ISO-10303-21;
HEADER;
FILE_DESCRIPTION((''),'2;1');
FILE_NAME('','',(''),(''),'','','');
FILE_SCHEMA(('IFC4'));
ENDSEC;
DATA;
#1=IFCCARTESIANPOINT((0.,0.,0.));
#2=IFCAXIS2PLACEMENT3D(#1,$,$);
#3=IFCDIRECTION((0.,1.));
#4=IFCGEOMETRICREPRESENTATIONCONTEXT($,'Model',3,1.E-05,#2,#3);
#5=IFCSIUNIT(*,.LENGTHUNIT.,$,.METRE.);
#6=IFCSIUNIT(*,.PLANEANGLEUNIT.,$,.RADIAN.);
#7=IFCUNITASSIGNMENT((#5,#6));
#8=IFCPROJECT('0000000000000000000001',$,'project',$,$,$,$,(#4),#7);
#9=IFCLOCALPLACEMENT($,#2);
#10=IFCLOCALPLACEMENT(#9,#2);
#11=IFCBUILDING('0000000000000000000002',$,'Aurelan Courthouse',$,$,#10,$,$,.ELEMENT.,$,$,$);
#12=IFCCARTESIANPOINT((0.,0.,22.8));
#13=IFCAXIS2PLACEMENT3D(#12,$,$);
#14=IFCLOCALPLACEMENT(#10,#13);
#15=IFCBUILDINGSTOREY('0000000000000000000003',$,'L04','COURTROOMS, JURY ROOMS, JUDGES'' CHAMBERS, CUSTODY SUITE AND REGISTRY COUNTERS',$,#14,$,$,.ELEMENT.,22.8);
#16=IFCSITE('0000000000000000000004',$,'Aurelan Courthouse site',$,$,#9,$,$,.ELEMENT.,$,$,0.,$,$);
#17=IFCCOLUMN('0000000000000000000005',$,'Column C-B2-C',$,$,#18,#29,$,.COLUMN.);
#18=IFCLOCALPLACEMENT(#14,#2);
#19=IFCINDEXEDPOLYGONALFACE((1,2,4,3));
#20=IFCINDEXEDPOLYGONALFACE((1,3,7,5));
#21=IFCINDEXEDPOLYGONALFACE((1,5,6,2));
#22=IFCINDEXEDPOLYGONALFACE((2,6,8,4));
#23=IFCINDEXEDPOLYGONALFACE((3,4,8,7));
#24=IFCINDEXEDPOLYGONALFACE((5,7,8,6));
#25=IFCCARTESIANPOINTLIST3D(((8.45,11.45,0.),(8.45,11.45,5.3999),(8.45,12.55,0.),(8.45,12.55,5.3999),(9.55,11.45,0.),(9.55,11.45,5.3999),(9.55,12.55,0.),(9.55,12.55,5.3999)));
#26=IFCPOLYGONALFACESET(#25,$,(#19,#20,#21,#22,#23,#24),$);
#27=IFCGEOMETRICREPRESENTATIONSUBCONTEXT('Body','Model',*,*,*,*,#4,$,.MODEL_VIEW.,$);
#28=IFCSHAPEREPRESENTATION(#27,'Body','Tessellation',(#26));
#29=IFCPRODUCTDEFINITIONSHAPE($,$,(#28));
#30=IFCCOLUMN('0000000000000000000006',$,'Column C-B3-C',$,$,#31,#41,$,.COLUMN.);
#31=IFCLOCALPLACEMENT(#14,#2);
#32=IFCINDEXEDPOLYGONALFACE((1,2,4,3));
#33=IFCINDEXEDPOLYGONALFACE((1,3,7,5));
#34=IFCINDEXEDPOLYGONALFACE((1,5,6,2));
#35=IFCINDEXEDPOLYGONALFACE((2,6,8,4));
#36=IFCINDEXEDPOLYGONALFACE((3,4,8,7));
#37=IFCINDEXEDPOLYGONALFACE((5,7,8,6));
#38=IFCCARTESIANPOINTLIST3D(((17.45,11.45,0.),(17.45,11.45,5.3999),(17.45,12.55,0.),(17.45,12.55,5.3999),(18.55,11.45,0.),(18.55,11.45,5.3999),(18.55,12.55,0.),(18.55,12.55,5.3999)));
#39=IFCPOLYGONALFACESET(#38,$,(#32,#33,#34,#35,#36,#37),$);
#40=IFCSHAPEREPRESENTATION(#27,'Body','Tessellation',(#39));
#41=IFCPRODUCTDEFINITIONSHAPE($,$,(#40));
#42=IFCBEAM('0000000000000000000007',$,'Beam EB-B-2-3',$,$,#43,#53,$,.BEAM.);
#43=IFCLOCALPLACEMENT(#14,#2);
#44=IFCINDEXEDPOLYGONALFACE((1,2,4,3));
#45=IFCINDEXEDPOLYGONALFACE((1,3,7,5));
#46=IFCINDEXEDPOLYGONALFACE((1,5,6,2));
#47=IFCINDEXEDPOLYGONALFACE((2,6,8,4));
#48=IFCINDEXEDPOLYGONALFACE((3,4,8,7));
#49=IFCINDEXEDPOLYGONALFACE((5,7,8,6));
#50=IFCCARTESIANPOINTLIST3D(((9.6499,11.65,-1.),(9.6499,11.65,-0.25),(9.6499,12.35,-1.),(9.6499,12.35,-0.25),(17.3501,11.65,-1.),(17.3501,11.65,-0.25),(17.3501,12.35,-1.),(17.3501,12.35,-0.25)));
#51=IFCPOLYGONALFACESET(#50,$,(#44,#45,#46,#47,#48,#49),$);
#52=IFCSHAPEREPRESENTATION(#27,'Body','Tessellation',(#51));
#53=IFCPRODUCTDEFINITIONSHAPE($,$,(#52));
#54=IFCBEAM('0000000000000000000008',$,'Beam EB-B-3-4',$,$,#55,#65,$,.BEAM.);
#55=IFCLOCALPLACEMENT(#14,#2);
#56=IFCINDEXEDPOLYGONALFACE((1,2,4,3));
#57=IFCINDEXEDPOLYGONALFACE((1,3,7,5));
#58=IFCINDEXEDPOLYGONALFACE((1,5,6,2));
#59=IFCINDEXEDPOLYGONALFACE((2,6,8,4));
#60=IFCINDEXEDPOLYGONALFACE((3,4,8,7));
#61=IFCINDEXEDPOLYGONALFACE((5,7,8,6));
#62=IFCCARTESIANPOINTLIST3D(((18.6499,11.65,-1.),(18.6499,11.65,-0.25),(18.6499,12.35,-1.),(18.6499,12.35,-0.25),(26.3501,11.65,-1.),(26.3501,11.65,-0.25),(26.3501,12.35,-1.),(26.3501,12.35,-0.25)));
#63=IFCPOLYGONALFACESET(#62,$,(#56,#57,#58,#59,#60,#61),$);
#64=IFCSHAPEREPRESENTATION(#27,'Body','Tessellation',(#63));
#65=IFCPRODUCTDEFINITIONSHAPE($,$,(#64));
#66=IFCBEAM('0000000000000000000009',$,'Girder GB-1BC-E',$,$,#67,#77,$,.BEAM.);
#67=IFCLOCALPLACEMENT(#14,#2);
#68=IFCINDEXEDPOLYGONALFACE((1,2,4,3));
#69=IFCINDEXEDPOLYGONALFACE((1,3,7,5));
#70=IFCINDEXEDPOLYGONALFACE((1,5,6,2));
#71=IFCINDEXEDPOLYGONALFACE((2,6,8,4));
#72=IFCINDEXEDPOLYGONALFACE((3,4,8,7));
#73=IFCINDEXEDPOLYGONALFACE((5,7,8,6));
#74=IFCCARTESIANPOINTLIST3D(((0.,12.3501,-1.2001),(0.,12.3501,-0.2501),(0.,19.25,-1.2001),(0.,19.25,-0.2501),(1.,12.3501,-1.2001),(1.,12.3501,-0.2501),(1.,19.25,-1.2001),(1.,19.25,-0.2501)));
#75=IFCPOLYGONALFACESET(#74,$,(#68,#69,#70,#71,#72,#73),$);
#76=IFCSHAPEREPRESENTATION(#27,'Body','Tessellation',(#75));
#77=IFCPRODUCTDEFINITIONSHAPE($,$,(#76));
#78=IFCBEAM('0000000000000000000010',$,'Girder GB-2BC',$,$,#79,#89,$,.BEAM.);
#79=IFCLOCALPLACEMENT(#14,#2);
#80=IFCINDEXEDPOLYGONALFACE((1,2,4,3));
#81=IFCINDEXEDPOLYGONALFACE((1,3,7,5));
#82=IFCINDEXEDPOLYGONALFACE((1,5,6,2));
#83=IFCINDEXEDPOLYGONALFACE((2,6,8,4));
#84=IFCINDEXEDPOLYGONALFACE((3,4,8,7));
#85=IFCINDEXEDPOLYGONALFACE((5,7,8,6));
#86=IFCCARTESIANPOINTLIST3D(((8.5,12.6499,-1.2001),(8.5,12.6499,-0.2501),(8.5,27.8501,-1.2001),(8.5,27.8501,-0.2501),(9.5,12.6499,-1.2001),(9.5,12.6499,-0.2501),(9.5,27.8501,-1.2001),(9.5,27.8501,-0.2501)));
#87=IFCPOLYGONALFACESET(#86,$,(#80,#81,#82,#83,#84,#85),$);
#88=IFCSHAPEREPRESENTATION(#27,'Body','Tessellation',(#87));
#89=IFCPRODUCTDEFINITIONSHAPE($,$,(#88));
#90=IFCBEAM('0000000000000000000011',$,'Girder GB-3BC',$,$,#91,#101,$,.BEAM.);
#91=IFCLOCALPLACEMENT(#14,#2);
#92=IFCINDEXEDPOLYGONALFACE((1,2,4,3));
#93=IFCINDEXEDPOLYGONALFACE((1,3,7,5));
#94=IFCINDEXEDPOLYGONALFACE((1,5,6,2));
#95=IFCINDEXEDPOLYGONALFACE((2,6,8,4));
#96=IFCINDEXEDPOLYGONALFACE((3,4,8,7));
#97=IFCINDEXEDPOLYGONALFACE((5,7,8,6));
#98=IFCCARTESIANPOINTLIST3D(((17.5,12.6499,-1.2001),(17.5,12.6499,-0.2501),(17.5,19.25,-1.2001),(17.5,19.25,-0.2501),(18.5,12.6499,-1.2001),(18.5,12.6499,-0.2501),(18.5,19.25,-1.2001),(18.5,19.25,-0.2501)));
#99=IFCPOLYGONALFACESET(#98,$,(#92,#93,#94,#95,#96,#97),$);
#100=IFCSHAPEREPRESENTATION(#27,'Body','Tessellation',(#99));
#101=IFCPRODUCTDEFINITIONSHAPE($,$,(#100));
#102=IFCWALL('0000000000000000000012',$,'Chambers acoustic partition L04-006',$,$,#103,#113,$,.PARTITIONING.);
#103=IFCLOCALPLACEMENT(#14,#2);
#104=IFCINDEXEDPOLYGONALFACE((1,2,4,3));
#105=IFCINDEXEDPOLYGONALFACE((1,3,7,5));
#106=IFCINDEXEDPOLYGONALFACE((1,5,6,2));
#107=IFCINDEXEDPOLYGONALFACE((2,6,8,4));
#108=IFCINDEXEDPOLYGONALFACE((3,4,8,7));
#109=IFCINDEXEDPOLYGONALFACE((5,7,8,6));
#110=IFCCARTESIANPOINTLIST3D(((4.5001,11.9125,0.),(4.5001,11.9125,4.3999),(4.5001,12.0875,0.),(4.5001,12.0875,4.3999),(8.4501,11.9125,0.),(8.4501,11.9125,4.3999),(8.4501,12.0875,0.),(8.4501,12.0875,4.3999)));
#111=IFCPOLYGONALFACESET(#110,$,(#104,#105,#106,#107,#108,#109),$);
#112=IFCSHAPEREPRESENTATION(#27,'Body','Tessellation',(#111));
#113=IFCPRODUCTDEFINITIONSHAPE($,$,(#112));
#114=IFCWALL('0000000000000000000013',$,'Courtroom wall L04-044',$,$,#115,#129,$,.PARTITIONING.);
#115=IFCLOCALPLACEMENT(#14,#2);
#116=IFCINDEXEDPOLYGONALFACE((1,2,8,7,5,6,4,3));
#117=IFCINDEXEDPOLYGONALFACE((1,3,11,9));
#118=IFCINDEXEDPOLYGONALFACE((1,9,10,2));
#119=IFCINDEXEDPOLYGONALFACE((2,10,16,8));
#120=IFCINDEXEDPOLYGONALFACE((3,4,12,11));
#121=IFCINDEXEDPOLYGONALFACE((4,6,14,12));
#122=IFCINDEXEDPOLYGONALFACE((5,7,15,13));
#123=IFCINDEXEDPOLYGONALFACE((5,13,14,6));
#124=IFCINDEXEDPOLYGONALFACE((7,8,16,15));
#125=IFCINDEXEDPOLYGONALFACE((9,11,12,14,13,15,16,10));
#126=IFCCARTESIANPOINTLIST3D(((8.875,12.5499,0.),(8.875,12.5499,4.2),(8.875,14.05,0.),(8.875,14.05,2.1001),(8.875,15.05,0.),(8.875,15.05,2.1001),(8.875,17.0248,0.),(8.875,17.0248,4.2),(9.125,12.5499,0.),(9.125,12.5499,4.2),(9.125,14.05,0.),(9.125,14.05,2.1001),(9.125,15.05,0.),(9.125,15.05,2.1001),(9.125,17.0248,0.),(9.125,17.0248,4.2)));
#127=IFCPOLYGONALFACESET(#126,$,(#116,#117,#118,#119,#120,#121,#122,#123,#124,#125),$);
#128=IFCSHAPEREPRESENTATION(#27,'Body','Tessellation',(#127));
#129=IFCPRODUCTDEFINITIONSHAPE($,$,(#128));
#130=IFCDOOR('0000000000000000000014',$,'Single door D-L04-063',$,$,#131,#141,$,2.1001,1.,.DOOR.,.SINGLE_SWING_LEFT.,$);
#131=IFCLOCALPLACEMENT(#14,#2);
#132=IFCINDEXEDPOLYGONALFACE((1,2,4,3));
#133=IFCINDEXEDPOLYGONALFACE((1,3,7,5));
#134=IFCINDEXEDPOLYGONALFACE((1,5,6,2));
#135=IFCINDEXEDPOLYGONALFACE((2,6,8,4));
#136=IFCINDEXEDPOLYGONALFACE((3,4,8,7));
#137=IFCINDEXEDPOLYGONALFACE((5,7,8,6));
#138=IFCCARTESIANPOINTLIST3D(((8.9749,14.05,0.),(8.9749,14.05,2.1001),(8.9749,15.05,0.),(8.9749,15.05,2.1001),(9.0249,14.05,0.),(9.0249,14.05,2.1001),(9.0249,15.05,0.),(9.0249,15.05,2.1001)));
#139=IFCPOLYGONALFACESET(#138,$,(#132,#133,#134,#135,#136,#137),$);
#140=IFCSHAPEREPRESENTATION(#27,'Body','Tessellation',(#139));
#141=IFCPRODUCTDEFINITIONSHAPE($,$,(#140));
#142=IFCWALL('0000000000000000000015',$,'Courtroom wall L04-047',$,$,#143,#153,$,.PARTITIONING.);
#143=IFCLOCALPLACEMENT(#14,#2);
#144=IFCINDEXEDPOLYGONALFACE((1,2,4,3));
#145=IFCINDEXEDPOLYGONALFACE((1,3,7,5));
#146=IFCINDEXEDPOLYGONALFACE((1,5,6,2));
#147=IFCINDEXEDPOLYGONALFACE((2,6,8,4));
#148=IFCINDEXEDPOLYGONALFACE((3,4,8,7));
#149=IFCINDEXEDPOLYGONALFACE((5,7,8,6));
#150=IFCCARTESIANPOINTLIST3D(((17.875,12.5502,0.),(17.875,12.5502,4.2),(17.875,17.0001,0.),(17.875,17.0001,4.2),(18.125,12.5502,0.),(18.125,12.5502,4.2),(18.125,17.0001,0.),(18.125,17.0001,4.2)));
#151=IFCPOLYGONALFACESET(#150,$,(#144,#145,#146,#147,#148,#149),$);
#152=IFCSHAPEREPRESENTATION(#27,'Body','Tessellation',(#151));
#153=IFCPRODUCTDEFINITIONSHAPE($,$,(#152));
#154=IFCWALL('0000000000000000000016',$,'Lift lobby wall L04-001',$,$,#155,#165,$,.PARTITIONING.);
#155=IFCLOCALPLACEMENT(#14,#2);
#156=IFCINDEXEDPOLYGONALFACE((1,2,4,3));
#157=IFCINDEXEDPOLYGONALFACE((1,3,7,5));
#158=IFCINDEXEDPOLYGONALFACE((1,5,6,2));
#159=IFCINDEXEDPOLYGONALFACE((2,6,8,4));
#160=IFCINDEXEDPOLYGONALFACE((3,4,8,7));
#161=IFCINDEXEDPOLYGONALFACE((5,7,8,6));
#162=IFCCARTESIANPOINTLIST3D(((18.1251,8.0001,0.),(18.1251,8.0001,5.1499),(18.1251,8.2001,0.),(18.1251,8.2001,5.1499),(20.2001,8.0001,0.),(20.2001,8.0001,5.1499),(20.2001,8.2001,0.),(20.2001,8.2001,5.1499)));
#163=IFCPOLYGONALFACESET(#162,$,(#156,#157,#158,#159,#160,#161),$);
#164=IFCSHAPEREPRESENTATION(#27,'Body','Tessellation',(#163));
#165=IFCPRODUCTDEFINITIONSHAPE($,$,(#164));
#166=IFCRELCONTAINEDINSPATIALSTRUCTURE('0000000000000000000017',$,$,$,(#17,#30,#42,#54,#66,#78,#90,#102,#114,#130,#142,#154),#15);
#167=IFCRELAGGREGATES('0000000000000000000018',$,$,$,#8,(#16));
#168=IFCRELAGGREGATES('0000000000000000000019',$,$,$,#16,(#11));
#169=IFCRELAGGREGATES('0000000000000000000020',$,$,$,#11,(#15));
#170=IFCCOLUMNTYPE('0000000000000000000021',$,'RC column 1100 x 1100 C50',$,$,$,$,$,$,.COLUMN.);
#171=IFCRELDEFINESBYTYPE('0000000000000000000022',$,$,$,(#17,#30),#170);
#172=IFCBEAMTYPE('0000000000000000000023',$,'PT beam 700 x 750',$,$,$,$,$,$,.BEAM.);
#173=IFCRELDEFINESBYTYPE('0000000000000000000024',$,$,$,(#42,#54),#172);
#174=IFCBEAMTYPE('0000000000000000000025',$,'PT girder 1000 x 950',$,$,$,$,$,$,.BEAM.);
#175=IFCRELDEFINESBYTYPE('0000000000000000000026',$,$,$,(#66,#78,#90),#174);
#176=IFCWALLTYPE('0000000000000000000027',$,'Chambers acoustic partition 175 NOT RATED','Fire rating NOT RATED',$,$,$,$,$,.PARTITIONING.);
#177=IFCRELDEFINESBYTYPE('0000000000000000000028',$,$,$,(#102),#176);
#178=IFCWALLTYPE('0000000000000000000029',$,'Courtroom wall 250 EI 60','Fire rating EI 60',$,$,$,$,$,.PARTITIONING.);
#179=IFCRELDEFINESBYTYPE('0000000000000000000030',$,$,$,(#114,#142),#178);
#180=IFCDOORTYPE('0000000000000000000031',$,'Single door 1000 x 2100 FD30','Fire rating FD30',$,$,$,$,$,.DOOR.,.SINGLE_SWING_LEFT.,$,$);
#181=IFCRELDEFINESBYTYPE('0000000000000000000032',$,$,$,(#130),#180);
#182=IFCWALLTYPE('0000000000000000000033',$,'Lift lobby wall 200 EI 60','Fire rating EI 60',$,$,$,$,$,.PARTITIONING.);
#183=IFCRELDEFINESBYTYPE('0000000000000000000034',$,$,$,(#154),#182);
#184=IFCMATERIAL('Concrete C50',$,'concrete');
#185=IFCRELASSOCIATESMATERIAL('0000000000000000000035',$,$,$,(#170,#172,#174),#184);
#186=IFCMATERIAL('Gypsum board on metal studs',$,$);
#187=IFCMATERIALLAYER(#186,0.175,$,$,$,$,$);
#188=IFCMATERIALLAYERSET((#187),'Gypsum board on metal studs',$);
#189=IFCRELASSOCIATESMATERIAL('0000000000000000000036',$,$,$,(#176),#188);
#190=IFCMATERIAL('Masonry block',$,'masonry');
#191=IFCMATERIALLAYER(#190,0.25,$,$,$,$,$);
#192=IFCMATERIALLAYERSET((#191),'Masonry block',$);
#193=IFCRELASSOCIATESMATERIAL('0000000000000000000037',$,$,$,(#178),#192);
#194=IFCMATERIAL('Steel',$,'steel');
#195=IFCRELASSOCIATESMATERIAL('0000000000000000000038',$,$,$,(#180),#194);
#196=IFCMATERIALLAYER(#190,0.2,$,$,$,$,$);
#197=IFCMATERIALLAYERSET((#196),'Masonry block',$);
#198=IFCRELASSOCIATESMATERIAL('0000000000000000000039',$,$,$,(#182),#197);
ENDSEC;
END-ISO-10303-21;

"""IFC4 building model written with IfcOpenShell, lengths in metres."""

from ifc_helpers import new_model, si_unit, direction, frame, frame_2d, origin, origin_2d, place, context, subcontext, project, spatial, rectangle, extrude, material, layer, layer_set, material_profile, profile_set, type_object, element, fill, save


model = new_model("IFC4")

# Units and contexts
model_context = context("Model", 3, precision=1e-05, world=origin(), true_north=direction((0.0, 1.0)))
body_context = subcontext(model_context, "Body", "Model", "MODEL_VIEW")
ifc_project = project(units=[si_unit("LENGTHUNIT", "METRE"), si_unit("PLANEANGLEUNIT", "RADIAN")], contexts=[model_context])

# Site, building, storey
site_placement = place(None, origin())
site = spatial("IfcSite", under=ifc_project, at=site_placement, Name="Aurelan Courthouse site", CompositionType="ELEMENT", RefElevation=0.0)
building_placement = place(site_placement, origin())
building = spatial("IfcBuilding", under=site, at=building_placement, Name="Aurelan Courthouse", CompositionType="ELEMENT")
storey_placement = place(building_placement, frame((0.0, 0.0, 22.8)))
storey = spatial("IfcBuildingStorey", under=building, at=storey_placement, Name="L04", Description="COURTROOMS, JURY ROOMS, JUDGES' CHAMBERS, CUSTODY SUITE AND REGISTRY COUNTERS", CompositionType="ELEMENT", Elevation=22.8)

# Columns
ifc_material_1 = material(Name="Concrete C50", Category="concrete")
ifc_material_profile_1 = material_profile(ifc_material_1, rectangle(XDim=1.1001, YDim=1.1001, at=origin_2d()), Name="RC 1100 x 1100")
ifc_profile_set_1 = profile_set([ifc_material_profile_1], Name="Concrete C50")
column_type = type_object("IfcColumnType", Name="RC column 1100 x 1100 C50", PredefinedType="COLUMN", material=ifc_profile_set_1)
for number, where, z_axis, x_axis, name in (
    (1, (9.0, 12.0, 0.0), (0.0, 0.0, 1.0), (1.0, 0.0, 0.0), "Column C-B2-C"),
    (2, (18.0, 12.0, 0.0), (0.0, 0.0, 1.0), (1.0, 0.0, 0.0), "Column C-B3-C"),
):
    element("IfcColumn", number, at=place(storey_placement, frame(where, z_axis=z_axis, x_axis=x_axis)), inside=storey, type_object=column_type, Name=name, PredefinedType="COLUMN", context=body_context, shape_type="SweptSolid", body=[
        extrude(rectangle(XDim=1.1001, YDim=1.1001, at=origin_2d()), origin(), (0.0, 0.0, 1.0), 5.3999),
    ])

# Beams
ifc_material_profile_2 = material_profile(ifc_material_1, rectangle(XDim=0.7, YDim=0.75, at=origin_2d()), Name="RC 700 x 750")
ifc_profile_set_2 = profile_set([ifc_material_profile_2], Name="Concrete C50")
beam_type_1 = type_object("IfcBeamType", Name="PT beam 700 x 750", PredefinedType="BEAM", material=ifc_profile_set_2)
for number, where, z_axis, x_axis, name in (
    (3, (9.6499, 12.0, -0.625), (1.0, 0.0, 0.0), (0.0, 1.0, 0.0), "Beam EB-B-2-3"),
    (4, (18.6499, 12.0, -0.625), (1.0, 0.0, 0.0), (0.0, 1.0, 0.0), "Beam EB-B-3-4"),
):
    element("IfcBeam", number, at=place(storey_placement, frame(where, z_axis=z_axis, x_axis=x_axis)), inside=storey, type_object=beam_type_1, Name=name, PredefinedType="BEAM", context=body_context, shape_type="SweptSolid", body=[
        extrude(rectangle(XDim=0.7, YDim=0.75, at=origin_2d()), origin(), (0.0, 0.0, 1.0), 7.7002),
    ])
ifc_material_profile_3 = material_profile(ifc_material_1, rectangle(XDim=1.0, YDim=0.95, at=origin_2d()), Name="RC 1000 x 950")
ifc_profile_set_3 = profile_set([ifc_material_profile_3], Name="Concrete C50")
beam_type_2 = type_object("IfcBeamType", Name="PT girder 1000 x 950", PredefinedType="BEAM", material=ifc_profile_set_3)
beam_1_placement = place(storey_placement, frame((0.5, 12.3501, -0.7251), z_axis=(0.0, 1.0, 0.0), x_axis=(-1.0, 0.0, 0.0)))
element("IfcBeam", 5, at=beam_1_placement, inside=storey, type_object=beam_type_2, Name="Girder GB-1BC-E", PredefinedType="BEAM", context=body_context, shape_type="SweptSolid", body=[
    extrude(rectangle(XDim=1.0, YDim=0.95, at=origin_2d()), origin(), (0.0, 0.0, 1.0), 6.8999),
])
beam_2_placement = place(storey_placement, frame((9.0, 12.6499, -0.7251), z_axis=(0.0, 1.0, 0.0), x_axis=(-1.0, 0.0, 0.0)))
element("IfcBeam", 6, at=beam_2_placement, inside=storey, type_object=beam_type_2, Name="Girder GB-2BC", PredefinedType="BEAM", context=body_context, shape_type="SweptSolid", body=[
    extrude(rectangle(XDim=1.0, YDim=0.95, at=origin_2d()), origin(), (0.0, 0.0, 1.0), 15.2002),
])
beam_3_placement = place(storey_placement, frame((18.0, 12.6499, -0.7251), z_axis=(0.0, 1.0, 0.0), x_axis=(-1.0, 0.0, 0.0)))
element("IfcBeam", 7, at=beam_3_placement, inside=storey, type_object=beam_type_2, Name="Girder GB-3BC", PredefinedType="BEAM", context=body_context, shape_type="SweptSolid", body=[
    extrude(rectangle(XDim=1.0, YDim=0.95, at=origin_2d()), origin(), (0.0, 0.0, 1.0), 6.6001),
])

# Wall
ifc_material_2 = material(Name="Gypsum board on metal studs")
ifc_layer_1 = layer(ifc_material_2, 0.175)
ifc_layer_set_1 = layer_set([ifc_layer_1], Name="Gypsum board on metal studs")
wall_type_1 = type_object("IfcWallType", Name="Chambers acoustic partition 175 NOT RATED", Description="Fire rating NOT RATED", PredefinedType="PARTITIONING", material=ifc_layer_set_1)
wall_1_placement = place(storey_placement, frame((4.5, 12.0, 0.0), z_axis=(0.0, 0.0, 1.0), x_axis=(1.0, 0.0, 0.0)))
element("IfcWall", 8, at=wall_1_placement, inside=storey, type_object=wall_type_1, Name="Chambers acoustic partition L04-006", PredefinedType="PARTITIONING", context=body_context, shape_type="SweptSolid", body=[
    extrude(rectangle(XDim=3.95, YDim=0.175, at=frame_2d((1.9751, 0.0))), origin(), (0.0, 0.0, 1.0), 4.3999),
])

# Wall, opening, door
ifc_material_3 = material(Name="Masonry block", Category="masonry")
ifc_layer_2 = layer(ifc_material_3, 0.25)
ifc_layer_set_2 = layer_set([ifc_layer_2], Name="Masonry block")
wall_type_2 = type_object("IfcWallType", Name="Courtroom wall 250 EI 60", Description="Fire rating EI 60", PredefinedType="PARTITIONING", material=ifc_layer_set_2)
wall_2_placement = place(storey_placement, frame((9.0, 12.55, 0.0), z_axis=(0.0, 0.0, 1.0), x_axis=(0.0, 1.0, 0.0)))
wall_2 = element("IfcWall", 9, at=wall_2_placement, inside=storey, type_object=wall_type_2, Name="Courtroom wall L04-044", PredefinedType="PARTITIONING", context=body_context, shape_type="SweptSolid", body=[
    extrude(rectangle(XDim=4.4749, YDim=0.25, at=frame_2d((2.2373, 0.0))), origin(), (0.0, 0.0, 1.0), 4.2),
])
opening_1_placement = place(wall_2_placement, frame((2.5, 0.0, 0.0), z_axis=(0.0, 0.0, 1.0), x_axis=(-1.0, 0.0, 0.0)))
opening_1 = element("IfcOpeningElement", 10, at=opening_1_placement, cuts=wall_2, PredefinedType="OPENING", context=body_context, shape_type="SweptSolid", body=[
    extrude(rectangle(XDim=1.0, YDim=2.1001, at=frame_2d((0.5, 1.05))), frame((0.0, 0.135, 0.0), z_axis=(0.0, -1.0, 0.0), x_axis=(1.0, 0.0, 0.0)), (0.0, 0.0, 1.0), 0.27),
])
ifc_material_4 = material(Name="Steel", Category="steel")
door_type_1 = type_object("IfcDoorType", Name="Single door 1000 x 2100 FD30", Description="Fire rating FD30", OperationType="SINGLE_SWING_LEFT", PredefinedType="DOOR", material=ifc_material_4)
door_1_placement = place(opening_1_placement, origin())
door_1 = element("IfcDoor", 11, at=door_1_placement, inside=storey, type_object=door_type_1, Name="Single door D-L04-063", OperationType="SINGLE_SWING_LEFT", OverallHeight=2.1001, OverallWidth=1.0, PredefinedType="DOOR", context=body_context, shape_type="SweptSolid", body=[
    extrude(rectangle(XDim=1.0, YDim=2.1001, at=frame_2d((0.5, 1.05))), frame((0.0, 0.0249, 0.0), z_axis=(0.0, -1.0, 0.0), x_axis=(1.0, 0.0, 0.0)), (0.0, 0.0, 1.0), 0.05),
])
fill(opening_1, door_1)

# Walls
wall_3_placement = place(storey_placement, frame((18.0, 12.55, 0.0), z_axis=(0.0, 0.0, 1.0), x_axis=(0.0, 1.0, 0.0)))
element("IfcWall", 12, at=wall_3_placement, inside=storey, type_object=wall_type_2, Name="Courtroom wall L04-047", PredefinedType="PARTITIONING", context=body_context, shape_type="SweptSolid", body=[
    extrude(rectangle(XDim=4.45, YDim=0.25, at=frame_2d((2.2251, 0.0))), origin(), (0.0, 0.0, 1.0), 4.2),
])
ifc_layer_3 = layer(ifc_material_3, 0.2)
ifc_layer_set_3 = layer_set([ifc_layer_3], Name="Masonry block")
wall_type_3 = type_object("IfcWallType", Name="Lift lobby wall 200 EI 60", Description="Fire rating EI 60", PredefinedType="PARTITIONING", material=ifc_layer_set_3)
wall_4_placement = place(storey_placement, frame((18.125, 8.1001, 0.0), z_axis=(0.0, 0.0, 1.0), x_axis=(1.0, 0.0, 0.0)))
element("IfcWall", 13, at=wall_4_placement, inside=storey, type_object=wall_type_3, Name="Lift lobby wall L04-001", PredefinedType="PARTITIONING", context=body_context, shape_type="SweptSolid", body=[
    extrude(rectangle(XDim=2.075, YDim=0.2, at=frame_2d((1.0376, 0.0))), origin(), (0.0, 0.0, 1.0), 5.1499),
])

save(model, "model.ifc")
